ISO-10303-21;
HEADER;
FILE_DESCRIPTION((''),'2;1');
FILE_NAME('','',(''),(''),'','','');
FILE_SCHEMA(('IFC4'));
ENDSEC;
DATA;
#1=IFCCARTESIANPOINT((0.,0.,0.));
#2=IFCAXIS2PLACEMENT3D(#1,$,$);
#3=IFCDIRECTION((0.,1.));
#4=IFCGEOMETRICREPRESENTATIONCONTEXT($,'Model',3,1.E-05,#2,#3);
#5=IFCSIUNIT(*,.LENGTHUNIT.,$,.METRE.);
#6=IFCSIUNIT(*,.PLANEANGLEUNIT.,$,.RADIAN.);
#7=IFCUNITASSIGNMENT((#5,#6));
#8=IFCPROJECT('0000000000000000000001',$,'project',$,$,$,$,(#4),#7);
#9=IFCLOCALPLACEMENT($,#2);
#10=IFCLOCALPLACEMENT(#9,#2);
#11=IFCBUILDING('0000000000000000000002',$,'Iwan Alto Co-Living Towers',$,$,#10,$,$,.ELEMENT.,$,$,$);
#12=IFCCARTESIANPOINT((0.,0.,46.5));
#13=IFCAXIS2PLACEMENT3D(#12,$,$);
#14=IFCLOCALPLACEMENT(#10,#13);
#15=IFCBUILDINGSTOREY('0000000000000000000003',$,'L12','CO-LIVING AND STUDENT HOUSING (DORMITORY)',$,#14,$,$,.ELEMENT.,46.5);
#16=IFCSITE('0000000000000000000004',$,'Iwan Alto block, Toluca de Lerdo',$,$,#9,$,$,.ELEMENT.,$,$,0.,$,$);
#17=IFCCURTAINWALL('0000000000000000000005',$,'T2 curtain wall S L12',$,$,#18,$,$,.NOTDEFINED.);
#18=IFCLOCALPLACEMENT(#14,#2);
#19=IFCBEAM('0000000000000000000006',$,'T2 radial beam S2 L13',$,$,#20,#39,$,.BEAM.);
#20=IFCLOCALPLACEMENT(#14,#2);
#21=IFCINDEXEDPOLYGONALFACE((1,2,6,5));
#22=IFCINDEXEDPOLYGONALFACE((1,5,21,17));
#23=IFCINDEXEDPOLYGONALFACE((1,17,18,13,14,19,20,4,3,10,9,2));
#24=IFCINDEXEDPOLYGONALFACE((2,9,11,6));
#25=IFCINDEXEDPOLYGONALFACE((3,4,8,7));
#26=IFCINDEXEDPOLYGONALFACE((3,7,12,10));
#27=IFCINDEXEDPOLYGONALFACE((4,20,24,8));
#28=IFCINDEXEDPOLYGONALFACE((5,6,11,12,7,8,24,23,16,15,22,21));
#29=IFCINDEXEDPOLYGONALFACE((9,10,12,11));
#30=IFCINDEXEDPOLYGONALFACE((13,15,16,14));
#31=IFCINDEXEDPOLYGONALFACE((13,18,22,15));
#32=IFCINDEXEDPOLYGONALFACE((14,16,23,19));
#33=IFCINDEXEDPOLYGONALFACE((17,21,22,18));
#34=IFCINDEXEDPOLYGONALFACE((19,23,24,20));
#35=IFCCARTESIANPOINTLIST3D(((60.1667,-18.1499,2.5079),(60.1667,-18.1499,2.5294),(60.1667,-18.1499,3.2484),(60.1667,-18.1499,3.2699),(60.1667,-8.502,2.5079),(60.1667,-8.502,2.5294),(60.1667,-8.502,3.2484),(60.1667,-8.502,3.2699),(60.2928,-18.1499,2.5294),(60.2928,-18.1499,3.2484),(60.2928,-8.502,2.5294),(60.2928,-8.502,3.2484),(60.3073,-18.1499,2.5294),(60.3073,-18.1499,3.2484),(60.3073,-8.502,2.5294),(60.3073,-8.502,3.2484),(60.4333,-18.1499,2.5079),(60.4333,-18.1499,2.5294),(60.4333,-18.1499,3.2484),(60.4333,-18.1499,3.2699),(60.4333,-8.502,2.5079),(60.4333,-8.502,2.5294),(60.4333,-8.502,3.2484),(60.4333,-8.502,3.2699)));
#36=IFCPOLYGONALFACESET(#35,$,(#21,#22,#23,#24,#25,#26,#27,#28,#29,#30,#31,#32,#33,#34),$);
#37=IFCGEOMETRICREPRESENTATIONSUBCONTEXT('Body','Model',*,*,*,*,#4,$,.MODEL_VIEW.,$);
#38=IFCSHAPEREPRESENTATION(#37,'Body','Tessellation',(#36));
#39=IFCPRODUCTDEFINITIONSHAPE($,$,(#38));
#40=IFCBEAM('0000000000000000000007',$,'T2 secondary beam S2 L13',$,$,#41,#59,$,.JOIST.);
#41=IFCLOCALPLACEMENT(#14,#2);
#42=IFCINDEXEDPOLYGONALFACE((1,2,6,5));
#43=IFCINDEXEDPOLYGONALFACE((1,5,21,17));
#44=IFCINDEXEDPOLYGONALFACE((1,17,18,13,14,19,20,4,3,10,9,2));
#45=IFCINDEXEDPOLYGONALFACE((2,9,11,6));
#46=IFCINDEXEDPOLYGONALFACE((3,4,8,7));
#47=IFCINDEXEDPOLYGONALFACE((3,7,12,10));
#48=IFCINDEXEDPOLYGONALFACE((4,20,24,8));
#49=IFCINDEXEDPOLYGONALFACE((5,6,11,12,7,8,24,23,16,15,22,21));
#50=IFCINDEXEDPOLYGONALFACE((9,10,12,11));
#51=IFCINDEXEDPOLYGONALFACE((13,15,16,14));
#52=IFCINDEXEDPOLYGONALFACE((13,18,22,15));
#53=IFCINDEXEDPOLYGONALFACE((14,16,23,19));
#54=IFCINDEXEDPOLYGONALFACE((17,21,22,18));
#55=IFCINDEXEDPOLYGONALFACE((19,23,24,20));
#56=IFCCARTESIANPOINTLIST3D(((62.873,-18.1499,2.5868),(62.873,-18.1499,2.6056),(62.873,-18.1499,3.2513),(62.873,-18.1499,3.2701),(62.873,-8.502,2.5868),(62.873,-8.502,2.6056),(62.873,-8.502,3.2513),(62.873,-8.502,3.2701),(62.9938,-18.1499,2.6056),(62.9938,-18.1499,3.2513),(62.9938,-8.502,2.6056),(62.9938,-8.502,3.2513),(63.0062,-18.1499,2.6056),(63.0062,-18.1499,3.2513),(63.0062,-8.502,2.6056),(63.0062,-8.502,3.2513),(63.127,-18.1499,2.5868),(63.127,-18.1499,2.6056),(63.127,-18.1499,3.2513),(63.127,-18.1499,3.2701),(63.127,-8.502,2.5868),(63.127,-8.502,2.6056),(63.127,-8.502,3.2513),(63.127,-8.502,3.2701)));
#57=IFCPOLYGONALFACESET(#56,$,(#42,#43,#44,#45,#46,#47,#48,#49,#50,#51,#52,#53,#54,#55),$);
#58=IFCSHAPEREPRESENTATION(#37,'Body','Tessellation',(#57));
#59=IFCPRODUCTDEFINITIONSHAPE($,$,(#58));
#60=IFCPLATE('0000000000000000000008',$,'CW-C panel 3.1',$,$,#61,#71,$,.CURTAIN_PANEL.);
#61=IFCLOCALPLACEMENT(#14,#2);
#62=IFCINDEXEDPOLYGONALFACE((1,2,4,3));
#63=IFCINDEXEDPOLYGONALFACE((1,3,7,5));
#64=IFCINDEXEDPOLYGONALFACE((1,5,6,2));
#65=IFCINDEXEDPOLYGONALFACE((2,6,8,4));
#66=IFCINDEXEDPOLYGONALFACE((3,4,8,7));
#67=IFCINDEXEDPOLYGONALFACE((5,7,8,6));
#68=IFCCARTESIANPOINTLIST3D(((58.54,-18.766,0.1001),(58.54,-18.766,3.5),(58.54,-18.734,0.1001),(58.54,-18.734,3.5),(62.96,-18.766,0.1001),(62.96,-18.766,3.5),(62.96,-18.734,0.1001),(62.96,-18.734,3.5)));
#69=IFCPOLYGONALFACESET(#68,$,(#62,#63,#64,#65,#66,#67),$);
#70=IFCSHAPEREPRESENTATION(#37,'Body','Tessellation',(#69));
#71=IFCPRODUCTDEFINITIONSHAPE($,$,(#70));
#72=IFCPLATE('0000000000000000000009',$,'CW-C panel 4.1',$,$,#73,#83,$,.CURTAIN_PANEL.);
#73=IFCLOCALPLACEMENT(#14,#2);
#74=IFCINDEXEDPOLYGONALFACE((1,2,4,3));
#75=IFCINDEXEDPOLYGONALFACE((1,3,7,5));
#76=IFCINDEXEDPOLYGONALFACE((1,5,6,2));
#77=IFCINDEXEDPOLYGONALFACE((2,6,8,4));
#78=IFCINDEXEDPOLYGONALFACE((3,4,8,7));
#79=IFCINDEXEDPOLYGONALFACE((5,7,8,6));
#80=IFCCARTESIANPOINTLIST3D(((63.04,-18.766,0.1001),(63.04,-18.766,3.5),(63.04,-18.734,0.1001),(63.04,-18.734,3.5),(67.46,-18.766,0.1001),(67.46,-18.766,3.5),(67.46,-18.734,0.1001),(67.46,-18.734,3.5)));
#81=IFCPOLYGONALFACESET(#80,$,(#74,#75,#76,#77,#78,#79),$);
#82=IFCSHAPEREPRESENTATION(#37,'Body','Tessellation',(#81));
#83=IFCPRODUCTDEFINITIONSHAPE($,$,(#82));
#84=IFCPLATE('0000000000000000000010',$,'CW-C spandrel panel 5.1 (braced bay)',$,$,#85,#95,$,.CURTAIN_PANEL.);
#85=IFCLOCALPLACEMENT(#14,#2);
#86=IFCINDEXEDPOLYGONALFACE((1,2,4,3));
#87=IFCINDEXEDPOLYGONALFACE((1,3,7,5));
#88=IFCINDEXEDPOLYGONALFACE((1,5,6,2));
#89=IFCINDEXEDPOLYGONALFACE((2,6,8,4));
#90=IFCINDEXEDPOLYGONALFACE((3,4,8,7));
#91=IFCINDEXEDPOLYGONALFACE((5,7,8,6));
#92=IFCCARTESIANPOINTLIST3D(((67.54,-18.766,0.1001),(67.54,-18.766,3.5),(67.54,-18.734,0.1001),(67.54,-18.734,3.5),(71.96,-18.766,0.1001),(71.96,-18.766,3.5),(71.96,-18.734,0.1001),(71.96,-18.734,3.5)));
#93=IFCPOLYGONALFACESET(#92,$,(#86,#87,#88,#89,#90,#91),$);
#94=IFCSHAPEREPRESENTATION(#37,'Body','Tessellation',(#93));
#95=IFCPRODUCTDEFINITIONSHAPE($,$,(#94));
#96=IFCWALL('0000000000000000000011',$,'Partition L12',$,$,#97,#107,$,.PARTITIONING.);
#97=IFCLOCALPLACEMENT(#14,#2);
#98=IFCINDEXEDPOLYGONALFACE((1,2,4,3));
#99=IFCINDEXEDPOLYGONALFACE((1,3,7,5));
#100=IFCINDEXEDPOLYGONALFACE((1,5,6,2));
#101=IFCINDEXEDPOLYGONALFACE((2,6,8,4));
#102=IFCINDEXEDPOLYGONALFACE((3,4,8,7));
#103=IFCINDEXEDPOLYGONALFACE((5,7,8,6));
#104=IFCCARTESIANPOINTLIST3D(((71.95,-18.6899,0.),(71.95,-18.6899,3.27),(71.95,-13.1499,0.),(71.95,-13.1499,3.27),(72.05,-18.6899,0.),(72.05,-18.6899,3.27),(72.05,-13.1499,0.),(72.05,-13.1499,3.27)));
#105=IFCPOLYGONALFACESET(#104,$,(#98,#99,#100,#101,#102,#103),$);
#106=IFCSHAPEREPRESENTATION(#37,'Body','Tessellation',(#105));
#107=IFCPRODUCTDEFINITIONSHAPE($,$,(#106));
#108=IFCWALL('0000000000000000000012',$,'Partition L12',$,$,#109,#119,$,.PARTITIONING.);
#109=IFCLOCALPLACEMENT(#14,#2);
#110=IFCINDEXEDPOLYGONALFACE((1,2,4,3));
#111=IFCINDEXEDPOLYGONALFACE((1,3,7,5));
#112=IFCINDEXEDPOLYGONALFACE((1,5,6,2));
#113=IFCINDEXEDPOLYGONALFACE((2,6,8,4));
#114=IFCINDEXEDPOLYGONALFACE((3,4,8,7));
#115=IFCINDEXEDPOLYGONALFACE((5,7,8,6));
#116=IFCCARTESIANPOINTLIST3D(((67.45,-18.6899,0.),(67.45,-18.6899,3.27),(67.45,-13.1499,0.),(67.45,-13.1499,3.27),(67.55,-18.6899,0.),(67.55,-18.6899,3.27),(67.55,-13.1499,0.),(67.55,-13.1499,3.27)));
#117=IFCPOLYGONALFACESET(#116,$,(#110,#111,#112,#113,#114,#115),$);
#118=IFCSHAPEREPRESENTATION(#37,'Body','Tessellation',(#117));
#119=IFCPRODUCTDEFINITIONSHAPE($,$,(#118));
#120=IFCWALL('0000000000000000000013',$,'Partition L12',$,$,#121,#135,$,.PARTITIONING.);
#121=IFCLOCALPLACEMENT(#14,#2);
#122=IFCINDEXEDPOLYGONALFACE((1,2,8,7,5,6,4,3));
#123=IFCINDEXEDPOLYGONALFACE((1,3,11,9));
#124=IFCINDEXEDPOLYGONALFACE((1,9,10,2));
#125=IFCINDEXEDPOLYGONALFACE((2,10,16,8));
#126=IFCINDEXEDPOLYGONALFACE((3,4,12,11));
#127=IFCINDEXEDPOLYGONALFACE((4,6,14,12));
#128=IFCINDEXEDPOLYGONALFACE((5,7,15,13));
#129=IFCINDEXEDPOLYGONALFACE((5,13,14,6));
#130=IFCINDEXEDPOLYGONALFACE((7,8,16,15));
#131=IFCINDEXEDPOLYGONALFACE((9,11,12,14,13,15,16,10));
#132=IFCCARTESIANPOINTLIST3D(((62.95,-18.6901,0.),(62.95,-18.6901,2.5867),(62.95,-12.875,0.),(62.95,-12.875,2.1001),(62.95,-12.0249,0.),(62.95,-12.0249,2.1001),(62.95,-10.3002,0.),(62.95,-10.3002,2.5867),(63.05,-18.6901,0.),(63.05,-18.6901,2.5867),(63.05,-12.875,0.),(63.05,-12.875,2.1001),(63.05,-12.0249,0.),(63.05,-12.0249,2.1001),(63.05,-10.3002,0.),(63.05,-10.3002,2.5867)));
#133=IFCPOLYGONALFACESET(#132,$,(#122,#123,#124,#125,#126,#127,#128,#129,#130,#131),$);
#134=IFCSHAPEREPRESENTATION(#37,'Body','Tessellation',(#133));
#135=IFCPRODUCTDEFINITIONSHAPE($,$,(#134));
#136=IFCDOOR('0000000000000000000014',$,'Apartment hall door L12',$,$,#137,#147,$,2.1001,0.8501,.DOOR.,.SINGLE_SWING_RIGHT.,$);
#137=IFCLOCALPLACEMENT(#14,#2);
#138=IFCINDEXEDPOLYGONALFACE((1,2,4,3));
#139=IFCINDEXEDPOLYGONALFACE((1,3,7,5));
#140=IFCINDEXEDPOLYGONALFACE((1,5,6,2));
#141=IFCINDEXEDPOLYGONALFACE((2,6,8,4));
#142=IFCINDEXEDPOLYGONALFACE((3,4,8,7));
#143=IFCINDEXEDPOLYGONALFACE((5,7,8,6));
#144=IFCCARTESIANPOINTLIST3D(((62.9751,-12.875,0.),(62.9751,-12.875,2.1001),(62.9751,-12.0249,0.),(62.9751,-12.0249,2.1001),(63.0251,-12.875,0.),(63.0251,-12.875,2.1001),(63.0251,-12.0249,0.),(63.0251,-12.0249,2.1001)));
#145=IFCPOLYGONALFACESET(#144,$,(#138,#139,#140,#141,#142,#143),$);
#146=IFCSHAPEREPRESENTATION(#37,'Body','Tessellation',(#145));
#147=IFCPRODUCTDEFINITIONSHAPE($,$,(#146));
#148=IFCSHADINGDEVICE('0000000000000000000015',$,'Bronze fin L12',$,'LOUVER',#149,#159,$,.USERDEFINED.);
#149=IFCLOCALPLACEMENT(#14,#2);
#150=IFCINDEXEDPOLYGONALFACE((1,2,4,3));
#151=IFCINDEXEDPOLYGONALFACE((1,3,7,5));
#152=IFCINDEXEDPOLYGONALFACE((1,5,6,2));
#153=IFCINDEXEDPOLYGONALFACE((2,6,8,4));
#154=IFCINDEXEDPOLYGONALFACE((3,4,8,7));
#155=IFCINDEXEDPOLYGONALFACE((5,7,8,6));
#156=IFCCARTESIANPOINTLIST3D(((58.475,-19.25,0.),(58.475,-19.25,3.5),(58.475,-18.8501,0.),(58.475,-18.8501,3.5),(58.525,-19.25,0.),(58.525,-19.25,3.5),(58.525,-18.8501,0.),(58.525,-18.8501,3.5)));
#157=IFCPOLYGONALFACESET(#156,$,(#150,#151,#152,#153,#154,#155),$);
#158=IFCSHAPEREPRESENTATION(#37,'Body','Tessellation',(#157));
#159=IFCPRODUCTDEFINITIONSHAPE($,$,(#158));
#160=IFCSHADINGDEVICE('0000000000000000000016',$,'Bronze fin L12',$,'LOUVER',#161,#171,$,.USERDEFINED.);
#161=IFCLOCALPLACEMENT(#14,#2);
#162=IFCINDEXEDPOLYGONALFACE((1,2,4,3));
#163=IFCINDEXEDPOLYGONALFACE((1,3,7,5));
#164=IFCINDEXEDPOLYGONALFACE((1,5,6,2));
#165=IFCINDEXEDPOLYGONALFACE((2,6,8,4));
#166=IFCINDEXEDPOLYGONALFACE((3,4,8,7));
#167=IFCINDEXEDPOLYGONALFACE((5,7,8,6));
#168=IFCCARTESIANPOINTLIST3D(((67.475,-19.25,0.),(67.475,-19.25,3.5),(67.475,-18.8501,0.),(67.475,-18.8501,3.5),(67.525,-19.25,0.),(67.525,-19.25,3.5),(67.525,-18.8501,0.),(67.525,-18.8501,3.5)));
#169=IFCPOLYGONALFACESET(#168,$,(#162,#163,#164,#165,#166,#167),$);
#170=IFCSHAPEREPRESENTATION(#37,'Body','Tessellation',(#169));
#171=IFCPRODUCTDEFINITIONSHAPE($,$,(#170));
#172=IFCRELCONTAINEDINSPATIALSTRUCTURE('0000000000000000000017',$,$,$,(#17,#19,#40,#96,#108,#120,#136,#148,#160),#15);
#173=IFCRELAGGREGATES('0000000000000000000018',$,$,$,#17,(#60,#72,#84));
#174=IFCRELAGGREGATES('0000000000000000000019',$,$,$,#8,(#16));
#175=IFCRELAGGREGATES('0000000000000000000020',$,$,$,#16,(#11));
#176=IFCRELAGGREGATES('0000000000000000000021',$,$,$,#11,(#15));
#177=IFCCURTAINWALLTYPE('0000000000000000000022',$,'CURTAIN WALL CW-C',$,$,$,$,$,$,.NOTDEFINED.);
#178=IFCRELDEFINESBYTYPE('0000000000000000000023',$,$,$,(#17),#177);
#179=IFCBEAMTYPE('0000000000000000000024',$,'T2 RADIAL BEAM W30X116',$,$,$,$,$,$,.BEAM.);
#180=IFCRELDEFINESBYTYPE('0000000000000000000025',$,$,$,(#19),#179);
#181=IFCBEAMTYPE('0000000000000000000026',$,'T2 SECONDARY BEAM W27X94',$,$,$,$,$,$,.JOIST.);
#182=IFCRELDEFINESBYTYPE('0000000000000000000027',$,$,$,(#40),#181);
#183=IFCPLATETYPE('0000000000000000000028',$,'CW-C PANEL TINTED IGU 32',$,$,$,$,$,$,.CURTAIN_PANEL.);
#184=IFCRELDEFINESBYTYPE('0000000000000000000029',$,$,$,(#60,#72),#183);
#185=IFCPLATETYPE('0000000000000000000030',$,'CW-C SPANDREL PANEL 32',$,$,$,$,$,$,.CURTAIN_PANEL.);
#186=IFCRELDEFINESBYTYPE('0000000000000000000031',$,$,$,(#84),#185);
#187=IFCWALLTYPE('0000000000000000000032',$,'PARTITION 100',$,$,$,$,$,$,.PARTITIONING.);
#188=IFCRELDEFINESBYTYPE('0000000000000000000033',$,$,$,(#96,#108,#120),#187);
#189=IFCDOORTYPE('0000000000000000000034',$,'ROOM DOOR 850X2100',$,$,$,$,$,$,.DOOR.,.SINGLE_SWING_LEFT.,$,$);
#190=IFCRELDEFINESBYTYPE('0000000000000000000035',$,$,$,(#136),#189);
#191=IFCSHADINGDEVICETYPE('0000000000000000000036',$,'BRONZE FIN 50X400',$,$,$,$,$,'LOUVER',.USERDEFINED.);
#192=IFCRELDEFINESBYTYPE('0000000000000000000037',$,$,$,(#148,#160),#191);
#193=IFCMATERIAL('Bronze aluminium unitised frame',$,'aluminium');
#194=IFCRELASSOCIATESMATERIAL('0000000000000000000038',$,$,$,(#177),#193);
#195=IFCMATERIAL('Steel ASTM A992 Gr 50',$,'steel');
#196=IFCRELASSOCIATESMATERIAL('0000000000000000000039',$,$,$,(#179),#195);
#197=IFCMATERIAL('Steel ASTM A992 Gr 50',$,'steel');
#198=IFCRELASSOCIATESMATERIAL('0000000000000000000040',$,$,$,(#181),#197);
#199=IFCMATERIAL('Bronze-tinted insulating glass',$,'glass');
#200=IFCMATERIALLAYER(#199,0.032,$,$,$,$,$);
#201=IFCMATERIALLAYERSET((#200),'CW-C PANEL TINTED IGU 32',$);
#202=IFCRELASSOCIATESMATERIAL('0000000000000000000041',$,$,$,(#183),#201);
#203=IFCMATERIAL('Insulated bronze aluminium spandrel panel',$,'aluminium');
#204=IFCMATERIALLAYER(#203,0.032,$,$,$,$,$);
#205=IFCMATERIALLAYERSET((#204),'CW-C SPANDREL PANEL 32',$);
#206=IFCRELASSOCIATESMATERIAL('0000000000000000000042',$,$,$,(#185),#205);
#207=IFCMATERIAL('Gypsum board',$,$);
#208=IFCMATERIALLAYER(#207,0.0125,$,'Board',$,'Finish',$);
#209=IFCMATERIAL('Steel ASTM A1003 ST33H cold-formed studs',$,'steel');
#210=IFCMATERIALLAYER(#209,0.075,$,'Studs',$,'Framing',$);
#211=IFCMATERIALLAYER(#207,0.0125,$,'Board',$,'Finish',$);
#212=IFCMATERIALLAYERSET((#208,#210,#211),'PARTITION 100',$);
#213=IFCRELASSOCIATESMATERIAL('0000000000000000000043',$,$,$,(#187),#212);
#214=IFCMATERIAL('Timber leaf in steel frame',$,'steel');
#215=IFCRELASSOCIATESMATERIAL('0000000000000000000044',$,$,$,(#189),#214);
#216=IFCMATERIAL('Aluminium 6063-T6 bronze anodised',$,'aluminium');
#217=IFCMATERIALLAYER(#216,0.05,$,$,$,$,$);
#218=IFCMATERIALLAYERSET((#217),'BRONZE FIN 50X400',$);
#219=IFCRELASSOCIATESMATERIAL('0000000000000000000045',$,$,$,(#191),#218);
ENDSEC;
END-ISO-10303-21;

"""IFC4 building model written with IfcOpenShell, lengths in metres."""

from ifc_helpers import new_model, si_unit, direction, frame, frame_2d, origin, origin_2d, place, context, subcontext, project, spatial, rectangle, i_section, extrude, material, layer, layer_set, material_profile, profile_set, type_object, element, fill, aggregate, save


model = new_model("IFC4")

# Units and contexts
model_context = context("Model", 3, precision=1e-05, world=origin(), true_north=direction((0.0, 1.0)))
body_context = subcontext(model_context, "Body", "Model", "MODEL_VIEW")
ifc_project = project(units=[si_unit("LENGTHUNIT", "METRE"), si_unit("PLANEANGLEUNIT", "RADIAN")], contexts=[model_context])

# Site, building, storey
site_placement = place(None, origin())
site = spatial("IfcSite", under=ifc_project, at=site_placement, Name="Iwan Alto block, Toluca de Lerdo", CompositionType="ELEMENT", RefElevation=0.0)
building_placement = place(site_placement, origin())
building = spatial("IfcBuilding", under=site, at=building_placement, Name="Iwan Alto Co-Living Towers", CompositionType="ELEMENT")
storey_placement = place(building_placement, frame((0.0, 0.0, 46.5)))
storey = spatial("IfcBuildingStorey", under=building, at=storey_placement, Name="L12", Description="CO-LIVING AND STUDENT HOUSING (DORMITORY)", CompositionType="ELEMENT", Elevation=46.5)

# Curtain wall
ifc_material_1 = material(Name="Bronze aluminium unitised frame", Category="aluminium")
curtain_wall_type = type_object("IfcCurtainWallType", Name="CURTAIN WALL CW-C", PredefinedType="NOTDEFINED", material=ifc_material_1)
curtain_wall_placement = place(storey_placement, origin())
curtain_wall = element("IfcCurtainWall", 1, at=curtain_wall_placement, inside=storey, type_object=curtain_wall_type, Name="T2 curtain wall S L12", PredefinedType="NOTDEFINED")

# Beams
ifc_material_2 = material(Name="Steel ASTM A992 Gr 50", Category="steel")
ifc_material_profile_1 = material_profile(ifc_material_2, i_section(OverallWidth=0.2666, OverallDepth=0.762, WebThickness=0.0144, FlangeThickness=0.0215, at=origin_2d()), Name="W30X116")
ifc_profile_set_1 = profile_set([ifc_material_profile_1], Name="Steel ASTM A992 Gr 50")
beam_type_1 = type_object("IfcBeamType", Name="T2 RADIAL BEAM W30X116", PredefinedType="BEAM", material=ifc_profile_set_1)
beam_1_placement = place(storey_placement, frame((60.3, -18.1499, 2.8889), z_axis=(0.0, 1.0, 0.0), x_axis=(-1.0, 0.0, 0.0)))
element("IfcBeam", 2, at=beam_1_placement, inside=storey, type_object=beam_type_1, Name="T2 radial beam S2 L13", PredefinedType="BEAM", context=body_context, shape_type="SweptSolid", body=[
    extrude(i_section(OverallWidth=0.2666, OverallDepth=0.762, WebThickness=0.0144, FlangeThickness=0.0215, at=origin_2d()), origin(), (0.0, 0.0, 1.0), 9.6479),
])
ifc_material_3 = material(Name="Steel ASTM A992 Gr 50", Category="steel")
ifc_material_profile_2 = material_profile(ifc_material_3, i_section(OverallWidth=0.2539, OverallDepth=0.6833, WebThickness=0.0125, FlangeThickness=0.0188, at=origin_2d()), Name="W27X94")
ifc_profile_set_2 = profile_set([ifc_material_profile_2], Name="Steel ASTM A992 Gr 50")
beam_type_2 = type_object("IfcBeamType", Name="T2 SECONDARY BEAM W27X94", PredefinedType="JOIST", material=ifc_profile_set_2)
beam_2_placement = place(storey_placement, frame((63.0, -18.1499, 2.9285), z_axis=(0.0, 1.0, 0.0), x_axis=(-1.0, 0.0, 0.0)))
element("IfcBeam", 3, at=beam_2_placement, inside=storey, type_object=beam_type_2, Name="T2 secondary beam S2 L13", PredefinedType="JOIST", context=body_context, shape_type="SweptSolid", body=[
    extrude(i_section(OverallWidth=0.2539, OverallDepth=0.6833, WebThickness=0.0125, FlangeThickness=0.0188, at=origin_2d()), origin(), (0.0, 0.0, 1.0), 9.6479),
])

# Plates
ifc_material_4 = material(Name="Bronze-tinted insulating glass", Category="glass")
ifc_layer_1 = layer(ifc_material_4, 0.032)
ifc_layer_set_1 = layer_set([ifc_layer_1], Name="CW-C PANEL TINTED IGU 32")
plate_type_1 = type_object("IfcPlateType", Name="CW-C PANEL TINTED IGU 32", PredefinedType="CURTAIN_PANEL", material=ifc_layer_set_1)
plate_1_placement = place(storey_placement, frame((60.75, -18.75, 0.1001), z_axis=(0.0, 0.0, 1.0), x_axis=(1.0, 0.0, 0.0)))
plate_1 = element("IfcPlate", 4, at=plate_1_placement, type_object=plate_type_1, Name="CW-C panel 3.1", PredefinedType="CURTAIN_PANEL", context=body_context, shape_type="SweptSolid", body=[
    extrude(rectangle(XDim=4.4199, YDim=0.032, at=origin_2d()), origin(), (0.0, 0.0, 1.0), 3.3999),
])
plate_2_placement = place(storey_placement, frame((65.25, -18.75, 0.1001), z_axis=(0.0, 0.0, 1.0), x_axis=(1.0, 0.0, 0.0)))
plate_2 = element("IfcPlate", 5, at=plate_2_placement, type_object=plate_type_1, Name="CW-C panel 4.1", PredefinedType="CURTAIN_PANEL", context=body_context, shape_type="SweptSolid", body=[
    extrude(rectangle(XDim=4.4199, YDim=0.032, at=origin_2d()), origin(), (0.0, 0.0, 1.0), 3.3999),
])
ifc_material_5 = material(Name="Insulated bronze aluminium spandrel panel", Category="aluminium")
ifc_layer_2 = layer(ifc_material_5, 0.032)
ifc_layer_set_2 = layer_set([ifc_layer_2], Name="CW-C SPANDREL PANEL 32")
plate_type_2 = type_object("IfcPlateType", Name="CW-C SPANDREL PANEL 32", PredefinedType="CURTAIN_PANEL", material=ifc_layer_set_2)
plate_3_placement = place(storey_placement, frame((69.75, -18.75, 0.1001), z_axis=(0.0, 0.0, 1.0), x_axis=(1.0, 0.0, 0.0)))
plate_3 = element("IfcPlate", 6, at=plate_3_placement, type_object=plate_type_2, Name="CW-C spandrel panel 5.1 (braced bay)", PredefinedType="CURTAIN_PANEL", context=body_context, shape_type="SweptSolid", body=[
    extrude(rectangle(XDim=4.4199, YDim=0.032, at=origin_2d()), origin(), (0.0, 0.0, 1.0), 3.3999),
])
aggregate(curtain_wall, [plate_1, plate_2, plate_3])

# Walls
ifc_material_6 = material(Name="Gypsum board")
ifc_layer_3 = layer(ifc_material_6, 0.0125, Name="Board", Category="Finish")
ifc_material_7 = material(Name="Steel ASTM A1003 ST33H cold-formed studs", Category="steel")
ifc_layer_4 = layer(ifc_material_7, 0.075, Name="Studs", Category="Framing")
ifc_layer_5 = layer(ifc_material_6, 0.0125, Name="Board", Category="Finish")
ifc_layer_set_3 = layer_set([ifc_layer_3, ifc_layer_4, ifc_layer_5], Name="PARTITION 100")
wall_type = type_object("IfcWallType", Name="PARTITION 100", PredefinedType="PARTITIONING", material=ifc_layer_set_3)
for number, where, z_axis, x_axis, name in (
    (7, (72.0, -18.6899, 0.0), (0.0, 0.0, 1.0), (0.0, 1.0, 0.0), "Partition L12"),
    (8, (67.5, -18.6899, 0.0), (0.0, 0.0, 1.0), (0.0, 1.0, 0.0), "Partition L12"),
):
    element("IfcWall", number, at=place(storey_placement, frame(where, z_axis=z_axis, x_axis=x_axis)), inside=storey, type_object=wall_type, Name=name, PredefinedType="PARTITIONING", context=body_context, shape_type="SweptSolid", body=[
        extrude(rectangle(XDim=5.54, YDim=0.1001, at=frame_2d((2.77, 0.0))), origin(), (0.0, 0.0, 1.0), 3.27),
    ])

# Wall, opening, door
wall_placement = place(storey_placement, frame((63.0, -18.6899, 0.0), z_axis=(0.0, 0.0, 1.0), x_axis=(0.0, 1.0, 0.0)))
wall = element("IfcWall", 9, at=wall_placement, inside=storey, type_object=wall_type, Name="Partition L12", PredefinedType="PARTITIONING", context=body_context, shape_type="SweptSolid", body=[
    extrude(rectangle(XDim=8.3899, YDim=0.1001, at=frame_2d((4.1948, 0.0))), origin(), (0.0, 0.0, 1.0), 2.5867),
])
opening_placement = place(wall_placement, frame((5.8149, 0.0, 0.0)))
opening = element("IfcOpeningElement", 10, at=opening_placement, cuts=wall, PredefinedType="OPENING", context=body_context, shape_type="SweptSolid", body=[
    extrude(rectangle(XDim=0.8501, YDim=2.1001, at=frame_2d((0.425, 1.05))), frame((0.0, 0.0601, 0.0), z_axis=(0.0, -1.0, 0.0), x_axis=(1.0, 0.0, 0.0)), (0.0, 0.0, 1.0), 0.1201),
])
ifc_material_8 = material(Name="Timber leaf in steel frame", Category="steel")
door_type = type_object("IfcDoorType", Name="ROOM DOOR 850X2100", OperationType="SINGLE_SWING_LEFT", PredefinedType="DOOR", material=ifc_material_8)
door_placement = place(opening_placement, origin())
door = element("IfcDoor", 11, at=door_placement, inside=storey, type_object=door_type, Name="Apartment hall door L12", OperationType="SINGLE_SWING_RIGHT", OverallHeight=2.1001, OverallWidth=0.8501, PredefinedType="DOOR", context=body_context, shape_type="SweptSolid", body=[
    extrude(rectangle(XDim=0.8501, YDim=2.1001, at=frame_2d((0.425, 1.05))), frame((0.0, 0.0249, 0.0), z_axis=(0.0, -1.0, 0.0), x_axis=(1.0, 0.0, 0.0)), (0.0, 0.0, 1.0), 0.05),
])
fill(opening, door)

# Shading devices
ifc_material_9 = material(Name="Aluminium 6063-T6 bronze anodised", Category="aluminium")
ifc_layer_6 = layer(ifc_material_9, 0.05)
ifc_layer_set_4 = layer_set([ifc_layer_6], Name="BRONZE FIN 50X400")
shading_device_type = type_object("IfcShadingDeviceType", Name="BRONZE FIN 50X400", ElementType="LOUVER", PredefinedType="USERDEFINED", material=ifc_layer_set_4)
for number, where, z_axis, x_axis, name in (
    (12, (58.5, -19.05, 0.0), (0.0, 0.0, 1.0), (1.0, 0.0, 0.0), "Bronze fin L12"),
    (13, (67.5, -19.05, 0.0), (0.0, 0.0, 1.0), (1.0, 0.0, 0.0), "Bronze fin L12"),
):
    element("IfcShadingDevice", number, at=place(storey_placement, frame(where, z_axis=z_axis, x_axis=x_axis)), inside=storey, type_object=shading_device_type, Name=name, ObjectType="LOUVER", PredefinedType="USERDEFINED", context=body_context, shape_type="SweptSolid", body=[
        extrude(rectangle(XDim=0.05, YDim=0.3999, at=origin_2d()), origin(), (0.0, 0.0, 1.0), 3.5),
    ])

save(model, "model.ifc")
